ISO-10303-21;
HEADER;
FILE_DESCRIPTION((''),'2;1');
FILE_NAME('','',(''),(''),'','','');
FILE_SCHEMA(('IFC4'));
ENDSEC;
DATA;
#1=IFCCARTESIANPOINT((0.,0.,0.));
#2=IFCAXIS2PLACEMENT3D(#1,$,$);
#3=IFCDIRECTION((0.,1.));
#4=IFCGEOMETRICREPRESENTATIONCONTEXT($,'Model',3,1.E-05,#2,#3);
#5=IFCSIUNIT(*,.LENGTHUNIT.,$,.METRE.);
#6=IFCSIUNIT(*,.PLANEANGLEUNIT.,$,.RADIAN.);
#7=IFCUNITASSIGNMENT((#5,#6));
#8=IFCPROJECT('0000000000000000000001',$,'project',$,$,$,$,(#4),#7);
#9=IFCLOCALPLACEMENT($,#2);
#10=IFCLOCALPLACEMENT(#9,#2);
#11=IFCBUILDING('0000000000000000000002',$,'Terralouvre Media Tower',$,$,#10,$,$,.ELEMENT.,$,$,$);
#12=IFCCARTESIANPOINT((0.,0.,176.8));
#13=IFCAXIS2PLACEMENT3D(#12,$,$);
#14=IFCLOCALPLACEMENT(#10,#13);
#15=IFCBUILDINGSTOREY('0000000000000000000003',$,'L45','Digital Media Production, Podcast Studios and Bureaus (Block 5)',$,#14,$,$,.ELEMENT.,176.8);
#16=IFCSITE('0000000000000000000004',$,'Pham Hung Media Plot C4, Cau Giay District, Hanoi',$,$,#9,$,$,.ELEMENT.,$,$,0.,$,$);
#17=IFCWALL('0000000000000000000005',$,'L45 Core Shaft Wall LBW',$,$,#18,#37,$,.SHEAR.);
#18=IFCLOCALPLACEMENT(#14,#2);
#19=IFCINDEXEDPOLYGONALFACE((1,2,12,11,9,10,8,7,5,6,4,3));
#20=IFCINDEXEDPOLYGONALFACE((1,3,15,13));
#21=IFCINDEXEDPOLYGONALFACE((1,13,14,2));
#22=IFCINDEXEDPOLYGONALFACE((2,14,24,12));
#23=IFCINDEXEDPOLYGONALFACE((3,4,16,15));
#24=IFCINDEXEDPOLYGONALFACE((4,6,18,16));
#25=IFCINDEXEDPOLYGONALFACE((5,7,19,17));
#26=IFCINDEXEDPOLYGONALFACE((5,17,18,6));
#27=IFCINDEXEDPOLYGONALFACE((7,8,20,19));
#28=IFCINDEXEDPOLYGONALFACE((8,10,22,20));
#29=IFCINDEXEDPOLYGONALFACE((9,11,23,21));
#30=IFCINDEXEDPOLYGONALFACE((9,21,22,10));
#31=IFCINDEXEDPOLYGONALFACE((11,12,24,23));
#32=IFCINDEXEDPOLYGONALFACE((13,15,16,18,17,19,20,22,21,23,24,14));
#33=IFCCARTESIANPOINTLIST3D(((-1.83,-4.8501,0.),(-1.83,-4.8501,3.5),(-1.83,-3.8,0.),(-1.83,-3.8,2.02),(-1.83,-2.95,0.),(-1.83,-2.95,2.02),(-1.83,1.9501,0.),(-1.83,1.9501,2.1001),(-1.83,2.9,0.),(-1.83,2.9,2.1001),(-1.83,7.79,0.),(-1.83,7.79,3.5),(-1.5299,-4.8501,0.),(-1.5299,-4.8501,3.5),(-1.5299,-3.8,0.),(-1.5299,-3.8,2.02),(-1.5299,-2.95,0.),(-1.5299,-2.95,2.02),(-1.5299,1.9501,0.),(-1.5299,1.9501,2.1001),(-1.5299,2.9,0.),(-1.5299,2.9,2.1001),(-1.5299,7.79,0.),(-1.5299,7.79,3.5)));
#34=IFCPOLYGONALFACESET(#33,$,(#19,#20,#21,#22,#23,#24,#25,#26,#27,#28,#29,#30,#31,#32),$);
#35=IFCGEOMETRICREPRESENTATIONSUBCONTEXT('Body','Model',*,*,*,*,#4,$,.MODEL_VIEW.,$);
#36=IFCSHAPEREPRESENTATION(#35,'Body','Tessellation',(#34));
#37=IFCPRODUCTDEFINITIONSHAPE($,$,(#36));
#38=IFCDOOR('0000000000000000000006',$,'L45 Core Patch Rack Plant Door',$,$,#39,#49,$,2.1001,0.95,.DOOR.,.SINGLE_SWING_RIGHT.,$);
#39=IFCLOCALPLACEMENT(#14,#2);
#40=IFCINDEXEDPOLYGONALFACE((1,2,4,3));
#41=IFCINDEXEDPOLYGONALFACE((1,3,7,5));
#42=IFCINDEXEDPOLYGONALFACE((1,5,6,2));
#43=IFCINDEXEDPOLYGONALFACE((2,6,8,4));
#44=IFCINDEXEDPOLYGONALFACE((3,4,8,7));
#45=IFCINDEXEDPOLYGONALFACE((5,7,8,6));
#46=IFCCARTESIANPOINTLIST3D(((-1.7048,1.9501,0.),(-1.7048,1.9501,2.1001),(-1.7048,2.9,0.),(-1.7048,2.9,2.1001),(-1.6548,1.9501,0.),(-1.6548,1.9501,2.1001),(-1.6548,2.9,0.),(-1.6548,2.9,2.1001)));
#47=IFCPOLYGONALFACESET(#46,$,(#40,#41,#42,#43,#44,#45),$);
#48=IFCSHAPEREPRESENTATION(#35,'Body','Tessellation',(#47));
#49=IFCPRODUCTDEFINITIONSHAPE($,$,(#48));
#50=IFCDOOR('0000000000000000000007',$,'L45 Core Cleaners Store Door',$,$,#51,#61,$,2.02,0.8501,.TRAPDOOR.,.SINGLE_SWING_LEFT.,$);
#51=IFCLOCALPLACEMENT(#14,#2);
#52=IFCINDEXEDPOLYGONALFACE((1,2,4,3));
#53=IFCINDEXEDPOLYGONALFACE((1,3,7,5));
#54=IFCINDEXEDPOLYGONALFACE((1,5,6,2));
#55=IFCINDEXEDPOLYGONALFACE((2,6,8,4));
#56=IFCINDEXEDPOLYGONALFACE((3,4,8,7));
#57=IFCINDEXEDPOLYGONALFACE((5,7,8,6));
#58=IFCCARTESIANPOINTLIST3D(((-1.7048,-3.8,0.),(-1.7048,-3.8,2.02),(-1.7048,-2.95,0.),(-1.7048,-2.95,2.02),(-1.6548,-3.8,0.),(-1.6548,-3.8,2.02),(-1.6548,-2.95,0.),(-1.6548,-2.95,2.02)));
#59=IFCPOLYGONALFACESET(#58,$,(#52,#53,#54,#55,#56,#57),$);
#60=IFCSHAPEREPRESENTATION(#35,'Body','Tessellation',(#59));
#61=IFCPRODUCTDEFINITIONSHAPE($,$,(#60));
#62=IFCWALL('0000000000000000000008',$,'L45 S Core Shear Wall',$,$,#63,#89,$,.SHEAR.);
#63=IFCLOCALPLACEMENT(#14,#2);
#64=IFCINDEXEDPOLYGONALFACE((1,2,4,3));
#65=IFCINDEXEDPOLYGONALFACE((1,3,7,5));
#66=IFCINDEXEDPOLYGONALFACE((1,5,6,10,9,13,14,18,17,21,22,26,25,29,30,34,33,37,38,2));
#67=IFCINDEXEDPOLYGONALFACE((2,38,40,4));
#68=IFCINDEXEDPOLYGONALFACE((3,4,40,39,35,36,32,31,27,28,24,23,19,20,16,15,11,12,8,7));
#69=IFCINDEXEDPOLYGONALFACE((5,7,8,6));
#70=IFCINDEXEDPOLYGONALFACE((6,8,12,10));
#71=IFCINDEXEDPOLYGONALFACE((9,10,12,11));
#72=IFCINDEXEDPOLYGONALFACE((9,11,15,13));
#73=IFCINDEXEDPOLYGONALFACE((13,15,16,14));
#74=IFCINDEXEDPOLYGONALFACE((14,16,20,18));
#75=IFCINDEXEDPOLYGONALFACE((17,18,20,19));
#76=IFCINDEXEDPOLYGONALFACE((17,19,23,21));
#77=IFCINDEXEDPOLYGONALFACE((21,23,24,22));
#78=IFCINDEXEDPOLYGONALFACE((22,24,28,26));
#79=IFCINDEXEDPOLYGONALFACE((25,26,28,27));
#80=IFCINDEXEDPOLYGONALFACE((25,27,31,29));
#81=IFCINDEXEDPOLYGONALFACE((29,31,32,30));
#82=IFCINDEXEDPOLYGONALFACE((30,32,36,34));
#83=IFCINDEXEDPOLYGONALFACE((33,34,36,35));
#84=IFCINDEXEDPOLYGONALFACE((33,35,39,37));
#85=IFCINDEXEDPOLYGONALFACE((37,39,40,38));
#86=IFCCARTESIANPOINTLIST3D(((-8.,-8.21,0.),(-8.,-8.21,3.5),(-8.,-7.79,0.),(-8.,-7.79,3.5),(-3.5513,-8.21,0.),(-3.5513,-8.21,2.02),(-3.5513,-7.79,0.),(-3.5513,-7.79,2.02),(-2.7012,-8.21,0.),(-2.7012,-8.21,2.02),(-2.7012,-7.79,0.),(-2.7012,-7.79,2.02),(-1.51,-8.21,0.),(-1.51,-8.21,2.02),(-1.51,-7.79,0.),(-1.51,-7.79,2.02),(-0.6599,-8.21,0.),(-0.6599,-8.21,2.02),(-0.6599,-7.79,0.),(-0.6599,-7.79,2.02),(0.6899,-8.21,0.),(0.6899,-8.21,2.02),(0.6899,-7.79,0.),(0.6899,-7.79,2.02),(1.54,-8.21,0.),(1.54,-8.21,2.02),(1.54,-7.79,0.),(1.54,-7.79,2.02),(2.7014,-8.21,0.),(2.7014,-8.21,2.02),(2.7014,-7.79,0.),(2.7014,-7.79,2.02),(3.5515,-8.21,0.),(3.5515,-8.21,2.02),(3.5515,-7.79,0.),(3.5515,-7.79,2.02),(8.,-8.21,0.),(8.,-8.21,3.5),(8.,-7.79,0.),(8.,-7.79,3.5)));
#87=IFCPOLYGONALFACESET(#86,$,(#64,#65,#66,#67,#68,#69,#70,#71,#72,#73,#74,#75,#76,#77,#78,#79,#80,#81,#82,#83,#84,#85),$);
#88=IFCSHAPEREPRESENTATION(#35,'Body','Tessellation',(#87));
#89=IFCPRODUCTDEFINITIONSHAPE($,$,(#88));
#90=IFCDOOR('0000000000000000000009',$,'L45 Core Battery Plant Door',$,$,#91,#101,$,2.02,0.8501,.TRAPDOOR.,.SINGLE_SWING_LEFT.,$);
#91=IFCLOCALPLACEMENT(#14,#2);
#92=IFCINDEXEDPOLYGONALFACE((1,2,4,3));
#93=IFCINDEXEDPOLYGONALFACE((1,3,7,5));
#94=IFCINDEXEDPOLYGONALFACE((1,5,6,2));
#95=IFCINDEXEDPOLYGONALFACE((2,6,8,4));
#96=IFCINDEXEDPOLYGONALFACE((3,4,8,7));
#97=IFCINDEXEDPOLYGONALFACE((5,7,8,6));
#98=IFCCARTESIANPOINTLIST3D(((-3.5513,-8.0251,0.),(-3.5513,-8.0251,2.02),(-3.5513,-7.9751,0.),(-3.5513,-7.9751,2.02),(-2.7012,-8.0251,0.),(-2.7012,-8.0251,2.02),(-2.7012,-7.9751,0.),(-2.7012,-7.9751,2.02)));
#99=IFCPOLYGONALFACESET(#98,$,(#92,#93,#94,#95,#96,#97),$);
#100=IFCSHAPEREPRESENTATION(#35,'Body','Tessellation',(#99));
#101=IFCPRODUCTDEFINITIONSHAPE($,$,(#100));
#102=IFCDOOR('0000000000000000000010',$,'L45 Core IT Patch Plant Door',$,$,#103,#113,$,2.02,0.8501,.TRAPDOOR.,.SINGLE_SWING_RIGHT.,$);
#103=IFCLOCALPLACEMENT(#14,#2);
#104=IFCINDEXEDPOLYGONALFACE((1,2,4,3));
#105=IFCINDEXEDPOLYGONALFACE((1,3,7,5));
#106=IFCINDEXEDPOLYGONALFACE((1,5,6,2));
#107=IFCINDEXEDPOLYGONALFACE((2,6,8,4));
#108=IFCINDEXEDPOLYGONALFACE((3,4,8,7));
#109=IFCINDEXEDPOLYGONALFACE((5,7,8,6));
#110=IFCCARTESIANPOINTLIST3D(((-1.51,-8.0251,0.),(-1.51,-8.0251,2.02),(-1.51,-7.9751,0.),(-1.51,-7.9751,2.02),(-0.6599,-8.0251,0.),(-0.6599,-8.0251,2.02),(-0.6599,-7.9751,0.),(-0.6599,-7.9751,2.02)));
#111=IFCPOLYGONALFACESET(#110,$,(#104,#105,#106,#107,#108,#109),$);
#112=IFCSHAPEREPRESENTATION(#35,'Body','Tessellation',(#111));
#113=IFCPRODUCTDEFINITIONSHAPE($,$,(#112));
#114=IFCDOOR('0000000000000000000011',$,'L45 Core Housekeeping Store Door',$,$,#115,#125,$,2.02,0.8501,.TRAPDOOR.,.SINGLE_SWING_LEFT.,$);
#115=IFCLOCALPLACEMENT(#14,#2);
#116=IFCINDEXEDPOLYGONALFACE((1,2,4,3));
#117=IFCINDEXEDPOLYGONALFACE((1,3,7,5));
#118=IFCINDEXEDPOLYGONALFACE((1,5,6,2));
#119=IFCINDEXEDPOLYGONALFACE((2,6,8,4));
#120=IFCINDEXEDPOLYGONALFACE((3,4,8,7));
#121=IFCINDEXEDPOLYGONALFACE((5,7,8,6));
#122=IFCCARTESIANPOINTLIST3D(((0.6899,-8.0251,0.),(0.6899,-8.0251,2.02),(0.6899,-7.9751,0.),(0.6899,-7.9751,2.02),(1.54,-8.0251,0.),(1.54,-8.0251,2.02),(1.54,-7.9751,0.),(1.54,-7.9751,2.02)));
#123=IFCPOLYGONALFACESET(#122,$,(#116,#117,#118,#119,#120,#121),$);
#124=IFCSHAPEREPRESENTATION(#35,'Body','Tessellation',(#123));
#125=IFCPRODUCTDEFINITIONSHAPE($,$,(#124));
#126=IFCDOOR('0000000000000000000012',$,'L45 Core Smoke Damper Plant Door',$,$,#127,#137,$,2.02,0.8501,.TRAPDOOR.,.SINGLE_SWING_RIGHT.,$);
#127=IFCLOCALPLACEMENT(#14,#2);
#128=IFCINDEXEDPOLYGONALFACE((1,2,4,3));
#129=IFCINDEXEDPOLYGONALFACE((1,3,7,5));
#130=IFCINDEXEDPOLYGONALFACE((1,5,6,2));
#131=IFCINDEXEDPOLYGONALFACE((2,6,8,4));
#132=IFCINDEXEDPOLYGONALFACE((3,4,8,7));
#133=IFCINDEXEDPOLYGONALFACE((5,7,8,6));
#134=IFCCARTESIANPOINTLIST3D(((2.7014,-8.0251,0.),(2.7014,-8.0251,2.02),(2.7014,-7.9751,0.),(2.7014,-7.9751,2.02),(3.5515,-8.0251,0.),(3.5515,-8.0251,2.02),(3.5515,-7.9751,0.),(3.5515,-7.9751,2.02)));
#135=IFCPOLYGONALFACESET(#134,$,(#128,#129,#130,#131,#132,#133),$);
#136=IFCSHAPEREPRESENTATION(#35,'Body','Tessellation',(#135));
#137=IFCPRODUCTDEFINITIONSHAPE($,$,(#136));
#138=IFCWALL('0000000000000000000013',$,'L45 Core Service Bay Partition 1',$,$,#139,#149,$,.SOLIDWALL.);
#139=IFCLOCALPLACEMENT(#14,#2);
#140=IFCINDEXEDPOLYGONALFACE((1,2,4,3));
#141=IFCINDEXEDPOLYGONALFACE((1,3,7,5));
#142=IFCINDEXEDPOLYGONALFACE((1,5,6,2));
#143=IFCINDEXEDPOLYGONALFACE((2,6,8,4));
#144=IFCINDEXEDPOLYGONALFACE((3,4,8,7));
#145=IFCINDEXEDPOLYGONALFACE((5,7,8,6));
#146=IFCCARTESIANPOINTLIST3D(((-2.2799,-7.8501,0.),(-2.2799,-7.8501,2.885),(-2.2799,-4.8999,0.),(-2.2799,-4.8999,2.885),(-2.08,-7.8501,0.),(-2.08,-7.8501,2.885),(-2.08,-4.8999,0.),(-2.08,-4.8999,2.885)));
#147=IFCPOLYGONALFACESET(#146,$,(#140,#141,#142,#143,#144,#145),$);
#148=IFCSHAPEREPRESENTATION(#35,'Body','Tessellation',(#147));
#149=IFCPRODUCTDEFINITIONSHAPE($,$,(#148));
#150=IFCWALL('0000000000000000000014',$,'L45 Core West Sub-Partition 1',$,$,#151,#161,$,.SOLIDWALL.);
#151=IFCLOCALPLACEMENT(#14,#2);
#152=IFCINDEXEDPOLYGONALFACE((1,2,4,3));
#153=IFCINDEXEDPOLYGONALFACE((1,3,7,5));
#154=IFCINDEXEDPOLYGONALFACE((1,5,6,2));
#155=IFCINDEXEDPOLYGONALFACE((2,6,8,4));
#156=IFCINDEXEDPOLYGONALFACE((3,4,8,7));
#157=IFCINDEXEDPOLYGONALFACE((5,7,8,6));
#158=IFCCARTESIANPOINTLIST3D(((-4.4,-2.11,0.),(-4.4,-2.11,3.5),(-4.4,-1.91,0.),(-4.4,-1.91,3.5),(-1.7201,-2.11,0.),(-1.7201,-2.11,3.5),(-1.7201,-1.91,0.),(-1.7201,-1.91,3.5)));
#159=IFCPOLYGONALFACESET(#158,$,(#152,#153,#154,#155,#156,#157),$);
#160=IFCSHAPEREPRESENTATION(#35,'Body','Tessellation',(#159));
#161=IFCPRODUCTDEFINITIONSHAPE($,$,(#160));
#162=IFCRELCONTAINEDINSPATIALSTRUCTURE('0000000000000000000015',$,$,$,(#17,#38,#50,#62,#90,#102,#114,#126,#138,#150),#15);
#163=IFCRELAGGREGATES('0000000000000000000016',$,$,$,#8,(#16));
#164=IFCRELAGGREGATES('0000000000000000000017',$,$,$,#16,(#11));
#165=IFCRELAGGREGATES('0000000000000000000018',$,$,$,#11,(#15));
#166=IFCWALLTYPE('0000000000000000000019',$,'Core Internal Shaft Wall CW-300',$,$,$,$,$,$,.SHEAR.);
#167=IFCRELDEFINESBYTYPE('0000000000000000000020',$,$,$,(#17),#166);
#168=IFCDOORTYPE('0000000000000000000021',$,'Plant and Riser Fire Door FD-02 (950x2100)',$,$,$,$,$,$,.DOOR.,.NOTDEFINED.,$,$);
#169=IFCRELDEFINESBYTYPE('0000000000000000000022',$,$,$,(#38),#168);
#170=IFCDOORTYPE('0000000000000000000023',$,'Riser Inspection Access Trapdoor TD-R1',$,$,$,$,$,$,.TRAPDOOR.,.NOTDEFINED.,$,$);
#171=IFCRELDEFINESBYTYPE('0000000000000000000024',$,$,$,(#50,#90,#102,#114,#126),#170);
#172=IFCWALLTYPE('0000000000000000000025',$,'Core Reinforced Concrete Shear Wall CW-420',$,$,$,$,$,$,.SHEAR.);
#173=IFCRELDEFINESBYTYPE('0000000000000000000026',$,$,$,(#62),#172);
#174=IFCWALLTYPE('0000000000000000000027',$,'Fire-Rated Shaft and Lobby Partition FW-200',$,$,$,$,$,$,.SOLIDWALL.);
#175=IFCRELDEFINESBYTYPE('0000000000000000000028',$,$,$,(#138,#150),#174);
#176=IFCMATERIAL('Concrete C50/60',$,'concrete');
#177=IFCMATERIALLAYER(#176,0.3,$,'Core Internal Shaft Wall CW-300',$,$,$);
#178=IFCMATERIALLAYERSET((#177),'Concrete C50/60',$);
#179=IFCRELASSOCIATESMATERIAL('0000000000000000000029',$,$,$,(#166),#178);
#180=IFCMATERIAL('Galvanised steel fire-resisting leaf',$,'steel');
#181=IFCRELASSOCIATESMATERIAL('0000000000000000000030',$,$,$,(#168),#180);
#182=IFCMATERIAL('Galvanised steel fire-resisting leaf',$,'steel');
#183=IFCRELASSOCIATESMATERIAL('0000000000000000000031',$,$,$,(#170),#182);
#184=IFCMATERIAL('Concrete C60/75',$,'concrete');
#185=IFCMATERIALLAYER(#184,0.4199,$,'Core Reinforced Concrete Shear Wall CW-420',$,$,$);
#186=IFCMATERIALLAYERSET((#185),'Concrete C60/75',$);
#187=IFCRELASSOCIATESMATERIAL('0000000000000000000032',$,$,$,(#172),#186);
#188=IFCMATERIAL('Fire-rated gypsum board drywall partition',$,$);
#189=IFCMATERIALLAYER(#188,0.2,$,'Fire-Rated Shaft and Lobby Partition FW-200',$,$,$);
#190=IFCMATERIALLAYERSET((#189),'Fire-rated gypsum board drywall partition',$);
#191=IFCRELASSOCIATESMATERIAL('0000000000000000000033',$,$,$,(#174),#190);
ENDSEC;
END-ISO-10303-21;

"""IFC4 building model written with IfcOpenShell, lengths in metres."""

from ifc_helpers import new_model, si_unit, direction, frame, frame_2d, origin, place, context, subcontext, project, spatial, rectangle, extrude, material, layer, layer_set, type_object, element, fill, save


model = new_model("IFC4")

# Units and contexts
model_context = context("Model", 3, precision=1e-05, world=origin(), true_north=direction((0.0, 1.0)))
body_context = subcontext(model_context, "Body", "Model", "MODEL_VIEW")
ifc_project = project(units=[si_unit("LENGTHUNIT", "METRE"), si_unit("PLANEANGLEUNIT", "RADIAN")], contexts=[model_context])

# Site, building, storey
site_placement = place(None, origin())
site = spatial("IfcSite", under=ifc_project, at=site_placement, Name="Pham Hung Media Plot C4, Cau Giay District, Hanoi", CompositionType="ELEMENT", RefElevation=0.0)
building_placement = place(site_placement, origin())
building = spatial("IfcBuilding", under=site, at=building_placement, Name="Terralouvre Media Tower", CompositionType="ELEMENT")
storey_placement = place(building_placement, frame((0.0, 0.0, 176.8)))
storey = spatial("IfcBuildingStorey", under=building, at=storey_placement, Name="L45", Description="Digital Media Production, Podcast Studios and Bureaus (Block 5)", CompositionType="ELEMENT", Elevation=176.8)

# Shared definitions
ifc_material_1 = material(Name="Concrete C50/60", Category="concrete")
ifc_layer_1 = layer(ifc_material_1, 0.3, Name="Core Internal Shaft Wall CW-300")
ifc_layer_set_1 = layer_set([ifc_layer_1], Name="Concrete C50/60")
wall_type_1 = type_object("IfcWallType", Name="Core Internal Shaft Wall CW-300", PredefinedType="SHEAR", material=ifc_layer_set_1)

# Walls, openings, doors
wall_1_placement = place(storey_placement, frame((-1.6799, -4.8501, 0.0), z_axis=(0.0, 0.0, 1.0), x_axis=(0.0, 1.0, 0.0)))
wall_1 = element("IfcWall", 1, at=wall_1_placement, inside=storey, type_object=wall_type_1, Name="L45 Core Shaft Wall LBW", PredefinedType="SHEAR", context=body_context, shape_type="SweptSolid", body=[
    extrude(rectangle(XDim=12.6401, YDim=0.3, at=frame_2d((6.3201, 0.0))), origin(), (0.0, 0.0, 1.0), 3.5),
])
opening_1_placement = place(wall_1_placement, frame((1.05, 0.0, 0.0)))
opening_1 = element("IfcOpeningElement", 2, at=opening_1_placement, cuts=wall_1, PredefinedType="OPENING", context=body_context, shape_type="SweptSolid", body=[
    extrude(rectangle(XDim=0.8501, YDim=2.02, at=frame_2d((0.425, 1.01))), frame((0.0, 0.1599, 0.0), z_axis=(0.0, -1.0, 0.0), x_axis=(1.0, 0.0, 0.0)), (0.0, 0.0, 1.0), 0.3201),
])
opening_2_placement = place(wall_1_placement, frame((6.8, 0.0, 0.0)))
opening_2 = element("IfcOpeningElement", 3, at=opening_2_placement, cuts=wall_1, PredefinedType="OPENING", context=body_context, shape_type="SweptSolid", body=[
    extrude(rectangle(XDim=0.95, YDim=2.1001, at=frame_2d((0.4751, 1.05))), frame((0.0, 0.1599, 0.0), z_axis=(0.0, -1.0, 0.0), x_axis=(1.0, 0.0, 0.0)), (0.0, 0.0, 1.0), 0.3201),
])
ifc_material_2 = material(Name="Galvanised steel fire-resisting leaf", Category="steel")
door_type_1 = type_object("IfcDoorType", Name="Plant and Riser Fire Door FD-02 (950x2100)", OperationType="NOTDEFINED", PredefinedType="DOOR", material=ifc_material_2)
door_1_placement = place(opening_2_placement, origin())
door_1 = element("IfcDoor", 4, at=door_1_placement, inside=storey, type_object=door_type_1, Name="L45 Core Patch Rack Plant Door", OperationType="SINGLE_SWING_RIGHT", OverallHeight=2.1001, OverallWidth=0.95, PredefinedType="DOOR", context=body_context, shape_type="SweptSolid", body=[
    extrude(rectangle(XDim=0.95, YDim=2.1001, at=frame_2d((0.4751, 1.05))), frame((0.0, 0.0249, 0.0), z_axis=(0.0, -1.0, 0.0), x_axis=(1.0, 0.0, 0.0)), (0.0, 0.0, 1.0), 0.05),
])
fill(opening_2, door_1)
ifc_material_3 = material(Name="Galvanised steel fire-resisting leaf", Category="steel")
door_type_2 = type_object("IfcDoorType", Name="Riser Inspection Access Trapdoor TD-R1", OperationType="NOTDEFINED", PredefinedType="TRAPDOOR", material=ifc_material_3)
door_2_placement = place(opening_1_placement, origin())
door_2 = element("IfcDoor", 5, at=door_2_placement, inside=storey, type_object=door_type_2, Name="L45 Core Cleaners Store Door", OperationType="SINGLE_SWING_LEFT", OverallHeight=2.02, OverallWidth=0.8501, PredefinedType="TRAPDOOR", context=body_context, shape_type="SweptSolid", body=[
    extrude(rectangle(XDim=0.8501, YDim=2.02, at=frame_2d((0.425, 1.01))), frame((0.0, 0.0249, 0.0), z_axis=(0.0, -1.0, 0.0), x_axis=(1.0, 0.0, 0.0)), (0.0, 0.0, 1.0), 0.05),
])
fill(opening_1, door_2)
ifc_material_4 = material(Name="Concrete C60/75", Category="concrete")
ifc_layer_2 = layer(ifc_material_4, 0.4199, Name="Core Reinforced Concrete Shear Wall CW-420")
ifc_layer_set_2 = layer_set([ifc_layer_2], Name="Concrete C60/75")
wall_type_2 = type_object("IfcWallType", Name="Core Reinforced Concrete Shear Wall CW-420", PredefinedType="SHEAR", material=ifc_layer_set_2)
wall_2_placement = place(storey_placement, frame((-8.0, -8.0, 0.0), z_axis=(0.0, 0.0, 1.0), x_axis=(1.0, 0.0, 0.0)))
wall_2 = element("IfcWall", 6, at=wall_2_placement, inside=storey, type_object=wall_type_2, Name="L45 S Core Shear Wall", PredefinedType="SHEAR", context=body_context, shape_type="SweptSolid", body=[
    extrude(rectangle(XDim=16.0, YDim=0.4199, at=frame_2d((8.0, 0.0))), origin(), (0.0, 0.0, 1.0), 3.5),
])
opening_3_placement = place(wall_2_placement, frame((4.4487, 0.0, 0.0)))
opening_3 = element("IfcOpeningElement", 7, at=opening_3_placement, cuts=wall_2, PredefinedType="OPENING", context=body_context, shape_type="SweptSolid", body=[
    extrude(rectangle(XDim=0.8501, YDim=2.02, at=frame_2d((0.425, 1.01))), frame((0.0, 0.22, 0.0), z_axis=(0.0, -1.0, 0.0), x_axis=(1.0, 0.0, 0.0)), (0.0, 0.0, 1.0), 0.4399),
])
opening_4_placement = place(wall_2_placement, frame((6.49, 0.0, 0.0)))
opening_4 = element("IfcOpeningElement", 8, at=opening_4_placement, cuts=wall_2, PredefinedType="OPENING", context=body_context, shape_type="SweptSolid", body=[
    extrude(rectangle(XDim=0.8501, YDim=2.02, at=frame_2d((0.425, 1.01))), frame((0.0, 0.22, 0.0), z_axis=(0.0, -1.0, 0.0), x_axis=(1.0, 0.0, 0.0)), (0.0, 0.0, 1.0), 0.4399),
])
opening_5_placement = place(wall_2_placement, frame((8.6899, 0.0, 0.0)))
opening_5 = element("IfcOpeningElement", 9, at=opening_5_placement, cuts=wall_2, PredefinedType="OPENING", context=body_context, shape_type="SweptSolid", body=[
    extrude(rectangle(XDim=0.8501, YDim=2.02, at=frame_2d((0.425, 1.01))), frame((0.0, 0.22, 0.0), z_axis=(0.0, -1.0, 0.0), x_axis=(1.0, 0.0, 0.0)), (0.0, 0.0, 1.0), 0.4399),
])
opening_6_placement = place(wall_2_placement, frame((10.7014, 0.0, 0.0)))
opening_6 = element("IfcOpeningElement", 10, at=opening_6_placement, cuts=wall_2, PredefinedType="OPENING", context=body_context, shape_type="SweptSolid", body=[
    extrude(rectangle(XDim=0.8501, YDim=2.02, at=frame_2d((0.425, 1.01))), frame((0.0, 0.22, 0.0), z_axis=(0.0, -1.0, 0.0), x_axis=(1.0, 0.0, 0.0)), (0.0, 0.0, 1.0), 0.4399),
])
door_3_placement = place(opening_3_placement, origin())
door_3 = element("IfcDoor", 11, at=door_3_placement, inside=storey, type_object=door_type_2, Name="L45 Core Battery Plant Door", OperationType="SINGLE_SWING_LEFT", OverallHeight=2.02, OverallWidth=0.8501, PredefinedType="TRAPDOOR", context=body_context, shape_type="SweptSolid", body=[
    extrude(rectangle(XDim=0.8501, YDim=2.02, at=frame_2d((0.425, 1.01))), frame((0.0, 0.0249, 0.0), z_axis=(0.0, -1.0, 0.0), x_axis=(1.0, 0.0, 0.0)), (0.0, 0.0, 1.0), 0.05),
])
fill(opening_3, door_3)
door_4_placement = place(opening_4_placement, origin())
door_4 = element("IfcDoor", 12, at=door_4_placement, inside=storey, type_object=door_type_2, Name="L45 Core IT Patch Plant Door", OperationType="SINGLE_SWING_RIGHT", OverallHeight=2.02, OverallWidth=0.8501, PredefinedType="TRAPDOOR", context=body_context, shape_type="SweptSolid", body=[
    extrude(rectangle(XDim=0.8501, YDim=2.02, at=frame_2d((0.425, 1.01))), frame((0.0, 0.0249, 0.0), z_axis=(0.0, -1.0, 0.0), x_axis=(1.0, 0.0, 0.0)), (0.0, 0.0, 1.0), 0.05),
])
fill(opening_4, door_4)
door_5_placement = place(opening_5_placement, origin())
door_5 = element("IfcDoor", 13, at=door_5_placement, inside=storey, type_object=door_type_2, Name="L45 Core Housekeeping Store Door", OperationType="SINGLE_SWING_LEFT", OverallHeight=2.02, OverallWidth=0.8501, PredefinedType="TRAPDOOR", context=body_context, shape_type="SweptSolid", body=[
    extrude(rectangle(XDim=0.8501, YDim=2.02, at=frame_2d((0.425, 1.01))), frame((0.0, 0.0249, 0.0), z_axis=(0.0, -1.0, 0.0), x_axis=(1.0, 0.0, 0.0)), (0.0, 0.0, 1.0), 0.05),
])
fill(opening_5, door_5)
door_6_placement = place(opening_6_placement, origin())
door_6 = element("IfcDoor", 14, at=door_6_placement, inside=storey, type_object=door_type_2, Name="L45 Core Smoke Damper Plant Door", OperationType="SINGLE_SWING_RIGHT", OverallHeight=2.02, OverallWidth=0.8501, PredefinedType="TRAPDOOR", context=body_context, shape_type="SweptSolid", body=[
    extrude(rectangle(XDim=0.8501, YDim=2.02, at=frame_2d((0.425, 1.01))), frame((0.0, 0.0249, 0.0), z_axis=(0.0, -1.0, 0.0), x_axis=(1.0, 0.0, 0.0)), (0.0, 0.0, 1.0), 0.05),
])
fill(opening_6, door_6)

# Walls
ifc_material_5 = material(Name="Fire-rated gypsum board drywall partition")
ifc_layer_3 = layer(ifc_material_5, 0.2, Name="Fire-Rated Shaft and Lobby Partition FW-200")
ifc_layer_set_3 = layer_set([ifc_layer_3], Name="Fire-rated gypsum board drywall partition")
wall_type_3 = type_object("IfcWallType", Name="Fire-Rated Shaft and Lobby Partition FW-200", PredefinedType="SOLIDWALL", material=ifc_layer_set_3)
wall_3_placement = place(storey_placement, frame((-2.1799, -7.8501, 0.0), z_axis=(0.0, 0.0, 1.0), x_axis=(0.0, 1.0, 0.0)))
element("IfcWall", 15, at=wall_3_placement, inside=storey, type_object=wall_type_3, Name="L45 Core Service Bay Partition 1", PredefinedType="SOLIDWALL", context=body_context, shape_type="SweptSolid", body=[
    extrude(rectangle(XDim=2.9502, YDim=0.2, at=frame_2d((1.4751, 0.0))), origin(), (0.0, 0.0, 1.0), 2.885),
])
wall_4_placement = place(storey_placement, frame((-4.3999, -2.01, 0.0), z_axis=(0.0, 0.0, 1.0), x_axis=(1.0, 0.0, 0.0)))
element("IfcWall", 16, at=wall_4_placement, inside=storey, type_object=wall_type_3, Name="L45 Core West Sub-Partition 1", PredefinedType="SOLIDWALL", context=body_context, shape_type="SweptSolid", body=[
    extrude(rectangle(XDim=2.6799, YDim=0.2, at=frame_2d((1.3398, 0.0))), origin(), (0.0, 0.0, 1.0), 3.5),
])

save(model, "model.ifc")
